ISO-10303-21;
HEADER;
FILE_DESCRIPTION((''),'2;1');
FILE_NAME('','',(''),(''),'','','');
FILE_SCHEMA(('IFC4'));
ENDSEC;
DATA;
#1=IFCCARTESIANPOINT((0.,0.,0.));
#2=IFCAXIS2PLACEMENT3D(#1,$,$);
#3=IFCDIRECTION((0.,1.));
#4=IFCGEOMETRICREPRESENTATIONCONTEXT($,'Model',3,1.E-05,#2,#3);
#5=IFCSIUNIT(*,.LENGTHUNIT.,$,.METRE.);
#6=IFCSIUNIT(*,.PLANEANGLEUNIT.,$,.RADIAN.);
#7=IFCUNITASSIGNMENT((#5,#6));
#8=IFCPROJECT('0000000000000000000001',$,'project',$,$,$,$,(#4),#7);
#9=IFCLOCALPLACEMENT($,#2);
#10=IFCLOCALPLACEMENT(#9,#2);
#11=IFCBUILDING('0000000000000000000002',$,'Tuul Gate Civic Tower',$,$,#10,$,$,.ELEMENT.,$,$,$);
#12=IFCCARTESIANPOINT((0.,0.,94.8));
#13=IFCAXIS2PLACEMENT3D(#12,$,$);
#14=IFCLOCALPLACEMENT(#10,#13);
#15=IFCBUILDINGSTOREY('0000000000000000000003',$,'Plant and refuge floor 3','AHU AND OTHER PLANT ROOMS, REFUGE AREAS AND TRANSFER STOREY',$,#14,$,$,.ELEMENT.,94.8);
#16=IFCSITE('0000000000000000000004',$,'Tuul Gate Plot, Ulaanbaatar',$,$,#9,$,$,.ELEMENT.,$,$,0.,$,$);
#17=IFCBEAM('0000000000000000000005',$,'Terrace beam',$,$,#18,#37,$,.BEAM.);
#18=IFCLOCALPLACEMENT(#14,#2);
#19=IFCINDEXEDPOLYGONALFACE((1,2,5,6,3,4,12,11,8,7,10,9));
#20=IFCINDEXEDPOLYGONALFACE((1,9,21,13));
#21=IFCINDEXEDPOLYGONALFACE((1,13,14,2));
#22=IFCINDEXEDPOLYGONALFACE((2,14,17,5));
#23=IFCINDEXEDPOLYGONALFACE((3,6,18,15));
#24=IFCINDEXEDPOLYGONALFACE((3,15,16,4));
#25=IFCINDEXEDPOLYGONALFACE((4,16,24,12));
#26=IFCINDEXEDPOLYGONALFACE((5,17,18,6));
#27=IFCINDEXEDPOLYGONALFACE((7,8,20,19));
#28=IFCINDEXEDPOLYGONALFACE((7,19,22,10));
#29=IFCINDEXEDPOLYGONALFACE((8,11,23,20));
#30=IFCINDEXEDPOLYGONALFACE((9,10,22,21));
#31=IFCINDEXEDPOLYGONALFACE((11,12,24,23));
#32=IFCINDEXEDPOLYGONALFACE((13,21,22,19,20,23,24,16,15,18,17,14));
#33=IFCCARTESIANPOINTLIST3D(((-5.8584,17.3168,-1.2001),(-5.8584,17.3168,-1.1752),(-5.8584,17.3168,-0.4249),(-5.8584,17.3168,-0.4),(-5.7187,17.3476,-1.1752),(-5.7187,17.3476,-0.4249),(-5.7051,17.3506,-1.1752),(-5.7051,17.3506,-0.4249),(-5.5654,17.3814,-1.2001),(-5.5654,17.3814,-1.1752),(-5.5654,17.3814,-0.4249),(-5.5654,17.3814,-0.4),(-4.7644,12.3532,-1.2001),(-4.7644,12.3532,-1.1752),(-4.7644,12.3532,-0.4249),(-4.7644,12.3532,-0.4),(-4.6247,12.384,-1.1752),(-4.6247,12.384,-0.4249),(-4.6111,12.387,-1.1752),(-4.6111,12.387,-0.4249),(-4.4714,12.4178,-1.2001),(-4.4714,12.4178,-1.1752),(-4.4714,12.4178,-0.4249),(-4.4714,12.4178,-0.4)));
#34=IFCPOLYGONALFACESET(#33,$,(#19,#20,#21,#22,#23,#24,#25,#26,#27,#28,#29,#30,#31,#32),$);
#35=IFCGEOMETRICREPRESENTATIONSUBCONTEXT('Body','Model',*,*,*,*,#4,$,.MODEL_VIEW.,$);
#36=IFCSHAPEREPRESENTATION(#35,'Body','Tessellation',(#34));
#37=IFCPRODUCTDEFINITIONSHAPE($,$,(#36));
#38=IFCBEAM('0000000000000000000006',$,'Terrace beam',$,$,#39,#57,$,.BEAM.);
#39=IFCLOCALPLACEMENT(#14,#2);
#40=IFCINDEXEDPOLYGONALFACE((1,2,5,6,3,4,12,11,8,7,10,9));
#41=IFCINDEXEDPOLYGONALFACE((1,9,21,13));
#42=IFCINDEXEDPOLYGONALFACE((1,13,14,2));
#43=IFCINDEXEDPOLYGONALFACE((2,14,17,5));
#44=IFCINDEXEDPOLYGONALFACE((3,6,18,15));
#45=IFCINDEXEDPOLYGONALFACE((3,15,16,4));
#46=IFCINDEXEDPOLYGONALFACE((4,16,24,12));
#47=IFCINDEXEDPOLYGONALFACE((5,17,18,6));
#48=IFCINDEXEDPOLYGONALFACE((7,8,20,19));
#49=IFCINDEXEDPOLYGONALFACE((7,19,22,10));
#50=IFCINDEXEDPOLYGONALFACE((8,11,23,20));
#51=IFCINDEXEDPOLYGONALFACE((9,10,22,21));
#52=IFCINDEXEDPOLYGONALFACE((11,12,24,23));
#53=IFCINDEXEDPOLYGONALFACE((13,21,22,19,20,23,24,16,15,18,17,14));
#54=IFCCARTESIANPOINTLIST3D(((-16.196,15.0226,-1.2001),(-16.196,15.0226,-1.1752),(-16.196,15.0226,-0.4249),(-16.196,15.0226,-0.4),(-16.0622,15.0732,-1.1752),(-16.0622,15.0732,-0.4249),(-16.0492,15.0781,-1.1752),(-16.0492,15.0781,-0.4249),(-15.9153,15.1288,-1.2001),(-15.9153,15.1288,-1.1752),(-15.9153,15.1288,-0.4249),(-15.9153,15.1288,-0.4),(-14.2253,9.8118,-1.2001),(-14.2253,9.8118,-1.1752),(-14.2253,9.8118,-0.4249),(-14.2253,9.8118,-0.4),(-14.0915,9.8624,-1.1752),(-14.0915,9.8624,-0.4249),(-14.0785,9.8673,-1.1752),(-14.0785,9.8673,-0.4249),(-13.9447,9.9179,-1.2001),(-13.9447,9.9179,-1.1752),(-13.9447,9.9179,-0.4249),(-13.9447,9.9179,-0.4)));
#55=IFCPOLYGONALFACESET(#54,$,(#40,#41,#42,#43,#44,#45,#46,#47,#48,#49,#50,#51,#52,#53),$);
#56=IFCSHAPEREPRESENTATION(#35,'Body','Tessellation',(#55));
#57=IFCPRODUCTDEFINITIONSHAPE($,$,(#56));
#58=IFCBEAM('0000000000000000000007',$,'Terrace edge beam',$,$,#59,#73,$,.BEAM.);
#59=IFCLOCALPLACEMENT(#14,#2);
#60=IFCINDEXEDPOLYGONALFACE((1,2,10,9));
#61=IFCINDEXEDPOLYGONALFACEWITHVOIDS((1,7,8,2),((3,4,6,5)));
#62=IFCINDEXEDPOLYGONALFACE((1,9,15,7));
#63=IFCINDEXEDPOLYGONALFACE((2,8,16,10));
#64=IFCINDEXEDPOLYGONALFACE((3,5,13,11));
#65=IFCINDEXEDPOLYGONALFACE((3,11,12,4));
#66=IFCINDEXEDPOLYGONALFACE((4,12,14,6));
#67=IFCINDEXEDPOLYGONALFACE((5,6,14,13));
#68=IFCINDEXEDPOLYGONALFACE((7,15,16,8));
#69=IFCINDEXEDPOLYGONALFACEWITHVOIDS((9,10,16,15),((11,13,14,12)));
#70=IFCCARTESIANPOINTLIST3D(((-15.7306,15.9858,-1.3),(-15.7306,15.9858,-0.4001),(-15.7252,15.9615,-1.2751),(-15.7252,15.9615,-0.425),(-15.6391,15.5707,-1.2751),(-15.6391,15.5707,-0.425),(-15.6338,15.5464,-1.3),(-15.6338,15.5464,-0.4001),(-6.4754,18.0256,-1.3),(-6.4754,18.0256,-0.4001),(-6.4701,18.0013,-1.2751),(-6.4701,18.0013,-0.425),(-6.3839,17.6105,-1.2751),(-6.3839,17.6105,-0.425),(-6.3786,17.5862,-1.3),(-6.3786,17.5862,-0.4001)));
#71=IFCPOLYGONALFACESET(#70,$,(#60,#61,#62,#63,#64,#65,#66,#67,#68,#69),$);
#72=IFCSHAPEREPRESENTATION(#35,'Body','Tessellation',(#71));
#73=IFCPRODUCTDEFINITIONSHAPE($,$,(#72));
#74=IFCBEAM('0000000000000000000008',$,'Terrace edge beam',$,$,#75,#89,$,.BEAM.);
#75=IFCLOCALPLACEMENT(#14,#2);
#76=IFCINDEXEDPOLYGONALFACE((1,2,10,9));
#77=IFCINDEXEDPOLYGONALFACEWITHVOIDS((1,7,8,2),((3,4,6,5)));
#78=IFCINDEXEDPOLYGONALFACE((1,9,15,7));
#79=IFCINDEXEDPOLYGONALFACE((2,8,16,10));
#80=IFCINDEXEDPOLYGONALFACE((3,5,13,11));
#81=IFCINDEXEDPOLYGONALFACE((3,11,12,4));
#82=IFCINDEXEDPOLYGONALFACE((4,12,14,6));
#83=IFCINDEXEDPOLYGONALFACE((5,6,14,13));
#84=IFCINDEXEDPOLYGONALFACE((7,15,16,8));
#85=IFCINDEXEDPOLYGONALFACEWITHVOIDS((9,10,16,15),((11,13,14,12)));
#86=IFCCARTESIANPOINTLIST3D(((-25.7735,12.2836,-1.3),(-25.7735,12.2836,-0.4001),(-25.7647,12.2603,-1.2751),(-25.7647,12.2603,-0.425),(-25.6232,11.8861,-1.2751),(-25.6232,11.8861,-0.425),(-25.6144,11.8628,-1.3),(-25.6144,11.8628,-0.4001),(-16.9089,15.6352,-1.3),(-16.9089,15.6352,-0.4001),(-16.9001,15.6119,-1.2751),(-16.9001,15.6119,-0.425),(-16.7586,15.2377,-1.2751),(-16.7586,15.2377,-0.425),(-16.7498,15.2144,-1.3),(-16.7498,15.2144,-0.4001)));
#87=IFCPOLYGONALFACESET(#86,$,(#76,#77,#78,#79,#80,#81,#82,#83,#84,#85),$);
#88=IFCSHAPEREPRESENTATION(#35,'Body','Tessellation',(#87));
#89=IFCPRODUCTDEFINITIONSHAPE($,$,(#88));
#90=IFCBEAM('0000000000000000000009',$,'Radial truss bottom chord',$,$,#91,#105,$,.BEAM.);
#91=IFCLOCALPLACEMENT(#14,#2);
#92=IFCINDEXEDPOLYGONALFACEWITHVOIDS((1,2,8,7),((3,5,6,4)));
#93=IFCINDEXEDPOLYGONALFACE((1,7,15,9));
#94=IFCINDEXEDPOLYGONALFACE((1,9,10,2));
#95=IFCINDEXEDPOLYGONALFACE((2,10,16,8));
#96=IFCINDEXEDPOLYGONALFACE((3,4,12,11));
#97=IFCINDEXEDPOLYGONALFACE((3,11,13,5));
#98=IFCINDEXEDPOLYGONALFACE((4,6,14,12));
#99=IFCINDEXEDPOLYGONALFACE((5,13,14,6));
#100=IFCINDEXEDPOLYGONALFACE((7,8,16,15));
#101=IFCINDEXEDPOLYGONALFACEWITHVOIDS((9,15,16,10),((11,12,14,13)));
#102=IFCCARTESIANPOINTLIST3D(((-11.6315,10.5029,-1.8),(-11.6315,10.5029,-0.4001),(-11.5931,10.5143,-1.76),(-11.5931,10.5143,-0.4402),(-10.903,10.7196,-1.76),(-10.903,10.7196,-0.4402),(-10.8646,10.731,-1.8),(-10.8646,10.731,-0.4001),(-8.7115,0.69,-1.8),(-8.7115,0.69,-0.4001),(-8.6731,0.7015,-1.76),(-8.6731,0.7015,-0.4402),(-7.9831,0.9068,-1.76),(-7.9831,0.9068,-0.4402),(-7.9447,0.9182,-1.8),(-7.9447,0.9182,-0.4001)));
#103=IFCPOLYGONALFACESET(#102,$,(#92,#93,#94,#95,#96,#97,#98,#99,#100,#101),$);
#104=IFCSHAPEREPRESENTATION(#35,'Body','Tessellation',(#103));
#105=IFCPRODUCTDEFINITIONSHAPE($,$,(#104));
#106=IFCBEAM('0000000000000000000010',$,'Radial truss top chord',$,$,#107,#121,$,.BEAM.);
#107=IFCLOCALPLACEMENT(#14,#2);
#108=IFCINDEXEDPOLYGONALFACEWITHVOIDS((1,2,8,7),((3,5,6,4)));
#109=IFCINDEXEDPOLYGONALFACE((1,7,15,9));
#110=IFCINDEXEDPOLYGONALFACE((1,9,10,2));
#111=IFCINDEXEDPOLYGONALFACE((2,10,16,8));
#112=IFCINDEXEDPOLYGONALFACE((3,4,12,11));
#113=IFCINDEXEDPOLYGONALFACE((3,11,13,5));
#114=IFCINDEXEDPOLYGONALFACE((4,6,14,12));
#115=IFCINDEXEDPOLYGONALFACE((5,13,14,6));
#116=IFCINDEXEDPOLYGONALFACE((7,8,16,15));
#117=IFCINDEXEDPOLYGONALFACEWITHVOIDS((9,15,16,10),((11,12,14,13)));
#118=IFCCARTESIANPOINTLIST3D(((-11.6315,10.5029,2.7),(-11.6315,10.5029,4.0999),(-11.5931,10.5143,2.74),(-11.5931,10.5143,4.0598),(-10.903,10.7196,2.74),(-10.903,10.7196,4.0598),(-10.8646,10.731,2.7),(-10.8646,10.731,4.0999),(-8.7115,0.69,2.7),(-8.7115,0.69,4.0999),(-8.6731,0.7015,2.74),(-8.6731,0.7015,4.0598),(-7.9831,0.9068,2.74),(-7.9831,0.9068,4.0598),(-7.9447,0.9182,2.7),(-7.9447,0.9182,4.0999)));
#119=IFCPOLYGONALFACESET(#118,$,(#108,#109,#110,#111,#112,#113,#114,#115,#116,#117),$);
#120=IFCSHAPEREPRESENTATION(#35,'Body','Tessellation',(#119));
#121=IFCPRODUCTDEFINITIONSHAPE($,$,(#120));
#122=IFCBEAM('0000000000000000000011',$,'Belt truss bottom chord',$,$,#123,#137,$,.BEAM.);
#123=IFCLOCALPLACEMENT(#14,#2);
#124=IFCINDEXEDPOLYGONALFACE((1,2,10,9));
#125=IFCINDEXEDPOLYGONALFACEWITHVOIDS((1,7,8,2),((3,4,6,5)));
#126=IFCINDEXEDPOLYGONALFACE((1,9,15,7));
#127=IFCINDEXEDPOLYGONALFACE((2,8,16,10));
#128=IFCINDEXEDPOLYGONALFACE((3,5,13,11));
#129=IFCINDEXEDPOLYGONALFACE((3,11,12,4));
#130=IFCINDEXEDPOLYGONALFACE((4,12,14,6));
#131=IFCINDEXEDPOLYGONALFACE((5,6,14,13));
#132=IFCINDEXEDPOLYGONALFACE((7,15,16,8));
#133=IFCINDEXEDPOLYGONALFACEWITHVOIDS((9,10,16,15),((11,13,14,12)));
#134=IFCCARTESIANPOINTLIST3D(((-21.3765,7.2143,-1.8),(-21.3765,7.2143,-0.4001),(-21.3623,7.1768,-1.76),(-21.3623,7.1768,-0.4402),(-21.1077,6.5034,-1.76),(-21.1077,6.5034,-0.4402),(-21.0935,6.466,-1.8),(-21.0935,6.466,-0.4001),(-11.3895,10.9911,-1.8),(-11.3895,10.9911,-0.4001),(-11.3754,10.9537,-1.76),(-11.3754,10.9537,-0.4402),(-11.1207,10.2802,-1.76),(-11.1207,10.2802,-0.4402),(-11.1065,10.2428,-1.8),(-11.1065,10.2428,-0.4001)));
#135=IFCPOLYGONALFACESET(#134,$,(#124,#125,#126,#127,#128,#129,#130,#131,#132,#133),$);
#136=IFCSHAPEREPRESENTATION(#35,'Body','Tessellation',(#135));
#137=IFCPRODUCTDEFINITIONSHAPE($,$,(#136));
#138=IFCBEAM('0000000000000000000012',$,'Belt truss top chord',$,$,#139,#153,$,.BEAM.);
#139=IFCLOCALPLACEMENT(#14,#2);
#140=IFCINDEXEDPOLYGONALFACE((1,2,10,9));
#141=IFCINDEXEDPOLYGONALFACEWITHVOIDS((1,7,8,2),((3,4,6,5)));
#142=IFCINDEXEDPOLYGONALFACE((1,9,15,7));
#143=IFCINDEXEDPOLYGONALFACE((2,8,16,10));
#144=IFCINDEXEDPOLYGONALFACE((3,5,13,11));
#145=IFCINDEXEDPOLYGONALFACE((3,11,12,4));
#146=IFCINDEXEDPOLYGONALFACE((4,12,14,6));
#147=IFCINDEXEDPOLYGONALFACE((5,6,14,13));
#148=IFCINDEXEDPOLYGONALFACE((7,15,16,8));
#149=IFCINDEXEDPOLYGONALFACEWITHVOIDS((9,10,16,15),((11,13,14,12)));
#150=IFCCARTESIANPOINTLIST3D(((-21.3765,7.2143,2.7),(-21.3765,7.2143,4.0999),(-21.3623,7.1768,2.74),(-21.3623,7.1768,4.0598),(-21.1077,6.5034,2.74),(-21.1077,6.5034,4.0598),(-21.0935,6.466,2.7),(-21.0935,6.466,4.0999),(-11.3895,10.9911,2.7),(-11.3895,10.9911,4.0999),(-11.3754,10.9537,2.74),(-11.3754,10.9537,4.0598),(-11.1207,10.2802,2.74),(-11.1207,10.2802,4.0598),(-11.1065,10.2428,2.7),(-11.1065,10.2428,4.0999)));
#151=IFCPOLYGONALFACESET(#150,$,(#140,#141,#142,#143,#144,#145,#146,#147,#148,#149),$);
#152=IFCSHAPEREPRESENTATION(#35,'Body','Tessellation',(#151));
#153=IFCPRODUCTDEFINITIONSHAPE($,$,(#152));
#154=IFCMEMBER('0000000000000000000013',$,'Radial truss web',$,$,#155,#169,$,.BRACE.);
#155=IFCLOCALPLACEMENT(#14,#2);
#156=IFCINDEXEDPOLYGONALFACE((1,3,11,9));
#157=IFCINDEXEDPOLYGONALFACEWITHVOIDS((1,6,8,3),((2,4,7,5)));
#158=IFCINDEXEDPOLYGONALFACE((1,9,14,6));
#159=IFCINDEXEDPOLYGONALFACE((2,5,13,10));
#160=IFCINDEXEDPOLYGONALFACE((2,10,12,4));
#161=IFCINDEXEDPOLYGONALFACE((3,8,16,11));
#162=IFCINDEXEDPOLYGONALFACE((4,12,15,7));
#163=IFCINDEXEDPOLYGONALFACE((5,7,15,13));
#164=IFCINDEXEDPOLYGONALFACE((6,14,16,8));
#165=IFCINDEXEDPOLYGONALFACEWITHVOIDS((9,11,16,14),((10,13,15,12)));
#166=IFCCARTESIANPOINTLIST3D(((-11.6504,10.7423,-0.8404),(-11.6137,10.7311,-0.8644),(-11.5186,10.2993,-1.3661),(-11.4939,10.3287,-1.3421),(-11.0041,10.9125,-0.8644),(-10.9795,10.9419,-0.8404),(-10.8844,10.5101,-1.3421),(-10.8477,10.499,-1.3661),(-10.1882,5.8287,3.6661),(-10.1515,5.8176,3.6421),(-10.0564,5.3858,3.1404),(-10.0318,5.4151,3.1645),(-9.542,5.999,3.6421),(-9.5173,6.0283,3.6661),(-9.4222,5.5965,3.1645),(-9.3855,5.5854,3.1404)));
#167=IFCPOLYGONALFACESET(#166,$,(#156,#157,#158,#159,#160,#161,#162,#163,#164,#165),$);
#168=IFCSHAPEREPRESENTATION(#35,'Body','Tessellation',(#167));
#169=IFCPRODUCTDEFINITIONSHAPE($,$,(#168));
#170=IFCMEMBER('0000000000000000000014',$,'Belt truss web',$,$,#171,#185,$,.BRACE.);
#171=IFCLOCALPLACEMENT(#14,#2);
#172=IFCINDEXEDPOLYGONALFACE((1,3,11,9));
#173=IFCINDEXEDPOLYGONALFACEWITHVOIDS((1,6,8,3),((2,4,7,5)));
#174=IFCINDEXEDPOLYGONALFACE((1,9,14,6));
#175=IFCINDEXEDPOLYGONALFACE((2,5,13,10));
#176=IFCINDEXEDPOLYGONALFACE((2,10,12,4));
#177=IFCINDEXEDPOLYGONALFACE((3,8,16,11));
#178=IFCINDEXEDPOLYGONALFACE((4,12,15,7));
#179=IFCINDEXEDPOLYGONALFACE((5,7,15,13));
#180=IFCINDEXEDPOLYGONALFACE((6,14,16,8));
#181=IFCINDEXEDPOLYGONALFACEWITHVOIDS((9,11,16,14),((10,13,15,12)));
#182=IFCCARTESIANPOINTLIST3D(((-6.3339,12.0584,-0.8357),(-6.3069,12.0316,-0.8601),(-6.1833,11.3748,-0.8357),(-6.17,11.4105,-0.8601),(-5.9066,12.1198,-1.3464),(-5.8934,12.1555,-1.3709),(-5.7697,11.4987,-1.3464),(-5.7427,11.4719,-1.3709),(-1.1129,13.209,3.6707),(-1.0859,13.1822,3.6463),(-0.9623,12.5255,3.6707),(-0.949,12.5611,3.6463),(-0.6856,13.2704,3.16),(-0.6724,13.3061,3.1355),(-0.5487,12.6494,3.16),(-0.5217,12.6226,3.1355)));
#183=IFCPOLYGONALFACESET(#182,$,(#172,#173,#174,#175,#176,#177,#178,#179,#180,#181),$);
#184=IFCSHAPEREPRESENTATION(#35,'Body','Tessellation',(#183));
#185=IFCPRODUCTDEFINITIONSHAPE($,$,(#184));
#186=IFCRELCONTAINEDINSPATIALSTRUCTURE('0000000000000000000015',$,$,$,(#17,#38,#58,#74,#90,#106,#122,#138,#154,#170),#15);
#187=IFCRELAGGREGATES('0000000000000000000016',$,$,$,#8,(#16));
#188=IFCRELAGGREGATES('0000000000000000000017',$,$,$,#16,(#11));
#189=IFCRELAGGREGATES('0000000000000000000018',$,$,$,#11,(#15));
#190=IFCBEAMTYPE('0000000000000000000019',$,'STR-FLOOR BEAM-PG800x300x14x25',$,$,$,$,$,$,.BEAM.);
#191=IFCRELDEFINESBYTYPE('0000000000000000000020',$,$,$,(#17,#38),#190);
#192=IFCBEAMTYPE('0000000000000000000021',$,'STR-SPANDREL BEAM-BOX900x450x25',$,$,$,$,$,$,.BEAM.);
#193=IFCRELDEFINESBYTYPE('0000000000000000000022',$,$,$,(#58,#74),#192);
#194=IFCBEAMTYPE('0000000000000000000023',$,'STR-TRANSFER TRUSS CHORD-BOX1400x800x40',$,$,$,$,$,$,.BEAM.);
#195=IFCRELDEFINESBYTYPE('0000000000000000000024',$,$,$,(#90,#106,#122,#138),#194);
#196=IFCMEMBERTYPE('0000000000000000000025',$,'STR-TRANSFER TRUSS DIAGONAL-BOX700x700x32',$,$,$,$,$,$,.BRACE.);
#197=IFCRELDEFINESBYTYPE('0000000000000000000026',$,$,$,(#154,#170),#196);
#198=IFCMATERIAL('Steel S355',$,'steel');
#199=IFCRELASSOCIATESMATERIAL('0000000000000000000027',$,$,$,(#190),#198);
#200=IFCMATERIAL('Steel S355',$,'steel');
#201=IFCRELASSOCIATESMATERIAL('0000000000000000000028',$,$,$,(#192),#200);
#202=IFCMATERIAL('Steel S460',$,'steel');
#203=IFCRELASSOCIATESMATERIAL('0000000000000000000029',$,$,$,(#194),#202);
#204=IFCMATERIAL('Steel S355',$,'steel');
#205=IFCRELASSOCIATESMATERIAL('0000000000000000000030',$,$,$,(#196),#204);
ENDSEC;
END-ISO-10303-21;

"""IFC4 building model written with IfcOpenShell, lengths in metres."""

from ifc_helpers import new_model, si_unit, direction, frame, origin, origin_2d, place, context, subcontext, project, spatial, hollow_rectangle, i_section, extrude, material, material_profile, profile_set, type_object, element, save


model = new_model("IFC4")

# Units and contexts
model_context = context("Model", 3, precision=1e-05, world=origin(), true_north=direction((0.0, 1.0)))
body_context = subcontext(model_context, "Body", "Model", "MODEL_VIEW")
ifc_project = project(units=[si_unit("LENGTHUNIT", "METRE"), si_unit("PLANEANGLEUNIT", "RADIAN")], contexts=[model_context])

# Site, building, storey
site_placement = place(None, origin())
site = spatial("IfcSite", under=ifc_project, at=site_placement, Name="Tuul Gate Plot, Ulaanbaatar", CompositionType="ELEMENT", RefElevation=0.0)
building_placement = place(site_placement, origin())
building = spatial("IfcBuilding", under=site, at=building_placement, Name="Tuul Gate Civic Tower", CompositionType="ELEMENT")
storey_placement = place(building_placement, frame((0.0, 0.0, 94.8)))
storey = spatial("IfcBuildingStorey", under=building, at=storey_placement, Name="Plant and refuge floor 3", Description="AHU AND OTHER PLANT ROOMS, REFUGE AREAS AND TRANSFER STOREY", CompositionType="ELEMENT", Elevation=94.8)

# Beams
ifc_material_1 = material(Name="Steel S355", Category="steel")
ifc_material_profile_1 = material_profile(ifc_material_1, i_section(OverallWidth=0.3, OverallDepth=0.8, WebThickness=0.0139, FlangeThickness=0.0249, at=origin_2d()), Name="PG800x300x14x25")
ifc_profile_set_1 = profile_set([ifc_material_profile_1], Name="Steel S355")
beam_type_1 = type_object("IfcBeamType", Name="STR-FLOOR BEAM-PG800x300x14x25", PredefinedType="BEAM", material=ifc_profile_set_1)
beam_1_placement = place(storey_placement, frame((-5.7119, 17.3491, -0.8), z_axis=(0.215237, -0.976562, 0.0), x_axis=(0.976562, 0.215237, 0.0)))
element("IfcBeam", 1, at=beam_1_placement, inside=storey, type_object=beam_type_1, Name="Terrace beam", PredefinedType="BEAM", context=body_context, shape_type="SweptSolid", body=[
    extrude(i_section(OverallWidth=0.3, OverallDepth=0.8, WebThickness=0.0139, FlangeThickness=0.0249, at=origin_2d()), origin(), (0.0, 0.0, 1.0), 5.0828),
])
beam_2_placement = place(storey_placement, frame((-16.0557, 15.0757, -0.8), z_axis=(0.353735, -0.935346, 0.0), x_axis=(0.935346, 0.353735, 0.0)))
element("IfcBeam", 2, at=beam_2_placement, inside=storey, type_object=beam_type_1, Name="Terrace beam", PredefinedType="BEAM", context=body_context, shape_type="SweptSolid", body=[
    extrude(i_section(OverallWidth=0.3, OverallDepth=0.8, WebThickness=0.0139, FlangeThickness=0.0249, at=origin_2d()), origin(), (0.0, 0.0, 1.0), 5.571),
])
ifc_material_2 = material(Name="Steel S355", Category="steel")
ifc_material_profile_2 = material_profile(ifc_material_2, hollow_rectangle(XDim=0.45, YDim=0.8999, WallThickness=0.0249, at=origin_2d()), Name="BOX900x450x25")
ifc_profile_set_2 = profile_set([ifc_material_profile_2], Name="Steel S355")
beam_type_2 = type_object("IfcBeamType", Name="STR-SPANDREL BEAM-BOX900x450x25", PredefinedType="BEAM", material=ifc_profile_set_2)
beam_3_placement = place(storey_placement, frame((-6.427, 17.8059, -0.8501), z_axis=(-0.976563, -0.215231, 0.0), x_axis=(0.215231, -0.976563, 0.0)))
element("IfcBeam", 3, at=beam_3_placement, inside=storey, type_object=beam_type_2, Name="Terrace edge beam", PredefinedType="BEAM", context=body_context, shape_type="SweptSolid", body=[
    extrude(hollow_rectangle(XDim=0.45, YDim=0.8999, WallThickness=0.0249, at=origin_2d()), origin(), (0.0, 0.0, 1.0), 9.4773),
])
beam_4_placement = place(storey_placement, frame((-16.8293, 15.4248, -0.8501), z_axis=(-0.935376, -0.353655, 0.0), x_axis=(0.353655, -0.935376, 0.0)))
element("IfcBeam", 4, at=beam_4_placement, inside=storey, type_object=beam_type_2, Name="Terrace edge beam", PredefinedType="BEAM", context=body_context, shape_type="SweptSolid", body=[
    extrude(hollow_rectangle(XDim=0.45, YDim=0.8999, WallThickness=0.0249, at=origin_2d()), origin(), (0.0, 0.0, 1.0), 9.4771),
])
ifc_material_3 = material(Name="Steel S460", Category="steel")
ifc_material_profile_3 = material_profile(ifc_material_3, hollow_rectangle(XDim=0.8, YDim=1.3999, WallThickness=0.04, at=origin_2d()), Name="BOX1400x800x40")
ifc_profile_set_3 = profile_set([ifc_material_profile_3], Name="Steel S460")
beam_type_3 = type_object("IfcBeamType", Name="STR-TRANSFER TRUSS CHORD-BOX1400x800x40", PredefinedType="BEAM", material=ifc_profile_set_3)
for number, where, z_axis, x_axis, name in (
    (5, (-11.248, 10.6169, -1.1001), (0.285205, -0.958466, 0.0), (0.958466, 0.285205, 0.0), "Radial truss bottom chord"),
    (6, (-11.248, 10.6169, 3.3999), (0.285205, -0.958466, 0.0), (0.958466, 0.285205, 0.0), "Radial truss top chord"),
):
    element("IfcBeam", number, at=place(storey_placement, frame(where, z_axis=z_axis, x_axis=x_axis)), inside=storey, type_object=beam_type_3, Name=name, PredefinedType="BEAM", context=body_context, shape_type="SweptSolid", body=[
        extrude(hollow_rectangle(XDim=0.8, YDim=1.3999, WallThickness=0.04, at=origin_2d()), origin(), (0.0, 0.0, 1.0), 10.238),
    ])
for number, where, z_axis, x_axis, name in (
    (7, (-11.248, 10.6169, -1.1001), (-0.935349, -0.353726, 0.0), (0.353726, -0.935349, 0.0), "Belt truss bottom chord"),
    (8, (-11.248, 10.6169, 3.3999), (-0.935349, -0.353726, 0.0), (0.353726, -0.935349, 0.0), "Belt truss top chord"),
):
    element("IfcBeam", number, at=place(storey_placement, frame(where, z_axis=z_axis, x_axis=x_axis)), inside=storey, type_object=beam_type_3, Name=name, PredefinedType="BEAM", context=body_context, shape_type="SweptSolid", body=[
        extrude(hollow_rectangle(XDim=0.8, YDim=1.3999, WallThickness=0.04, at=origin_2d()), origin(), (0.0, 0.0, 1.0), 10.6772),
    ])

# Members
ifc_material_4 = material(Name="Steel S355", Category="steel")
ifc_material_profile_4 = material_profile(ifc_material_4, hollow_rectangle(XDim=0.7, YDim=0.7, WallThickness=0.032, at=origin_2d()), Name="BOX700x700x32")
ifc_profile_set_4 = profile_set([ifc_material_profile_4], Name="Steel S355")
member_type_1 = type_object("IfcMemberType", Name="STR-TRANSFER TRUSS DIAGONAL-BOX700x700x32", PredefinedType="BRACE", material=ifc_profile_set_4)
member_1_placement = place(storey_placement, frame((-11.249, 10.6206, -1.1033), z_axis=(0.214213, -0.719861, 0.660237), x_axis=(0.958464, 0.285215, 0.0)))
element("IfcMember", 9, at=member_1_placement, inside=storey, type_object=member_type_1, Name="Radial truss web", PredefinedType="BRACE", context=body_context, shape_type="SweptSolid", body=[
    extrude(hollow_rectangle(XDim=0.7, YDim=0.7, WallThickness=0.032, at=origin_2d()), origin(), (0.0, 0.0, 1.0), 6.8257),
])
for number, where, z_axis, x_axis, name in (
    (10, (-6.0383, 11.7651, -1.1033), (0.746693, 0.164562, 0.644492), (-0.215223, 0.976565, 0.0), "Belt truss web"),
):
    element("IfcMember", number, at=place(storey_placement, frame(where, z_axis=z_axis, x_axis=x_axis)), inside=storey, type_object=member_type_1, Name=name, PredefinedType="BRACE", context=body_context, shape_type="SweptSolid", body=[
        extrude(hollow_rectangle(XDim=0.7, YDim=0.7, WallThickness=0.032, at=origin_2d()), origin(), (0.0, 0.0, 1.0), 6.9922),
    ])

save(model, "model.ifc")
